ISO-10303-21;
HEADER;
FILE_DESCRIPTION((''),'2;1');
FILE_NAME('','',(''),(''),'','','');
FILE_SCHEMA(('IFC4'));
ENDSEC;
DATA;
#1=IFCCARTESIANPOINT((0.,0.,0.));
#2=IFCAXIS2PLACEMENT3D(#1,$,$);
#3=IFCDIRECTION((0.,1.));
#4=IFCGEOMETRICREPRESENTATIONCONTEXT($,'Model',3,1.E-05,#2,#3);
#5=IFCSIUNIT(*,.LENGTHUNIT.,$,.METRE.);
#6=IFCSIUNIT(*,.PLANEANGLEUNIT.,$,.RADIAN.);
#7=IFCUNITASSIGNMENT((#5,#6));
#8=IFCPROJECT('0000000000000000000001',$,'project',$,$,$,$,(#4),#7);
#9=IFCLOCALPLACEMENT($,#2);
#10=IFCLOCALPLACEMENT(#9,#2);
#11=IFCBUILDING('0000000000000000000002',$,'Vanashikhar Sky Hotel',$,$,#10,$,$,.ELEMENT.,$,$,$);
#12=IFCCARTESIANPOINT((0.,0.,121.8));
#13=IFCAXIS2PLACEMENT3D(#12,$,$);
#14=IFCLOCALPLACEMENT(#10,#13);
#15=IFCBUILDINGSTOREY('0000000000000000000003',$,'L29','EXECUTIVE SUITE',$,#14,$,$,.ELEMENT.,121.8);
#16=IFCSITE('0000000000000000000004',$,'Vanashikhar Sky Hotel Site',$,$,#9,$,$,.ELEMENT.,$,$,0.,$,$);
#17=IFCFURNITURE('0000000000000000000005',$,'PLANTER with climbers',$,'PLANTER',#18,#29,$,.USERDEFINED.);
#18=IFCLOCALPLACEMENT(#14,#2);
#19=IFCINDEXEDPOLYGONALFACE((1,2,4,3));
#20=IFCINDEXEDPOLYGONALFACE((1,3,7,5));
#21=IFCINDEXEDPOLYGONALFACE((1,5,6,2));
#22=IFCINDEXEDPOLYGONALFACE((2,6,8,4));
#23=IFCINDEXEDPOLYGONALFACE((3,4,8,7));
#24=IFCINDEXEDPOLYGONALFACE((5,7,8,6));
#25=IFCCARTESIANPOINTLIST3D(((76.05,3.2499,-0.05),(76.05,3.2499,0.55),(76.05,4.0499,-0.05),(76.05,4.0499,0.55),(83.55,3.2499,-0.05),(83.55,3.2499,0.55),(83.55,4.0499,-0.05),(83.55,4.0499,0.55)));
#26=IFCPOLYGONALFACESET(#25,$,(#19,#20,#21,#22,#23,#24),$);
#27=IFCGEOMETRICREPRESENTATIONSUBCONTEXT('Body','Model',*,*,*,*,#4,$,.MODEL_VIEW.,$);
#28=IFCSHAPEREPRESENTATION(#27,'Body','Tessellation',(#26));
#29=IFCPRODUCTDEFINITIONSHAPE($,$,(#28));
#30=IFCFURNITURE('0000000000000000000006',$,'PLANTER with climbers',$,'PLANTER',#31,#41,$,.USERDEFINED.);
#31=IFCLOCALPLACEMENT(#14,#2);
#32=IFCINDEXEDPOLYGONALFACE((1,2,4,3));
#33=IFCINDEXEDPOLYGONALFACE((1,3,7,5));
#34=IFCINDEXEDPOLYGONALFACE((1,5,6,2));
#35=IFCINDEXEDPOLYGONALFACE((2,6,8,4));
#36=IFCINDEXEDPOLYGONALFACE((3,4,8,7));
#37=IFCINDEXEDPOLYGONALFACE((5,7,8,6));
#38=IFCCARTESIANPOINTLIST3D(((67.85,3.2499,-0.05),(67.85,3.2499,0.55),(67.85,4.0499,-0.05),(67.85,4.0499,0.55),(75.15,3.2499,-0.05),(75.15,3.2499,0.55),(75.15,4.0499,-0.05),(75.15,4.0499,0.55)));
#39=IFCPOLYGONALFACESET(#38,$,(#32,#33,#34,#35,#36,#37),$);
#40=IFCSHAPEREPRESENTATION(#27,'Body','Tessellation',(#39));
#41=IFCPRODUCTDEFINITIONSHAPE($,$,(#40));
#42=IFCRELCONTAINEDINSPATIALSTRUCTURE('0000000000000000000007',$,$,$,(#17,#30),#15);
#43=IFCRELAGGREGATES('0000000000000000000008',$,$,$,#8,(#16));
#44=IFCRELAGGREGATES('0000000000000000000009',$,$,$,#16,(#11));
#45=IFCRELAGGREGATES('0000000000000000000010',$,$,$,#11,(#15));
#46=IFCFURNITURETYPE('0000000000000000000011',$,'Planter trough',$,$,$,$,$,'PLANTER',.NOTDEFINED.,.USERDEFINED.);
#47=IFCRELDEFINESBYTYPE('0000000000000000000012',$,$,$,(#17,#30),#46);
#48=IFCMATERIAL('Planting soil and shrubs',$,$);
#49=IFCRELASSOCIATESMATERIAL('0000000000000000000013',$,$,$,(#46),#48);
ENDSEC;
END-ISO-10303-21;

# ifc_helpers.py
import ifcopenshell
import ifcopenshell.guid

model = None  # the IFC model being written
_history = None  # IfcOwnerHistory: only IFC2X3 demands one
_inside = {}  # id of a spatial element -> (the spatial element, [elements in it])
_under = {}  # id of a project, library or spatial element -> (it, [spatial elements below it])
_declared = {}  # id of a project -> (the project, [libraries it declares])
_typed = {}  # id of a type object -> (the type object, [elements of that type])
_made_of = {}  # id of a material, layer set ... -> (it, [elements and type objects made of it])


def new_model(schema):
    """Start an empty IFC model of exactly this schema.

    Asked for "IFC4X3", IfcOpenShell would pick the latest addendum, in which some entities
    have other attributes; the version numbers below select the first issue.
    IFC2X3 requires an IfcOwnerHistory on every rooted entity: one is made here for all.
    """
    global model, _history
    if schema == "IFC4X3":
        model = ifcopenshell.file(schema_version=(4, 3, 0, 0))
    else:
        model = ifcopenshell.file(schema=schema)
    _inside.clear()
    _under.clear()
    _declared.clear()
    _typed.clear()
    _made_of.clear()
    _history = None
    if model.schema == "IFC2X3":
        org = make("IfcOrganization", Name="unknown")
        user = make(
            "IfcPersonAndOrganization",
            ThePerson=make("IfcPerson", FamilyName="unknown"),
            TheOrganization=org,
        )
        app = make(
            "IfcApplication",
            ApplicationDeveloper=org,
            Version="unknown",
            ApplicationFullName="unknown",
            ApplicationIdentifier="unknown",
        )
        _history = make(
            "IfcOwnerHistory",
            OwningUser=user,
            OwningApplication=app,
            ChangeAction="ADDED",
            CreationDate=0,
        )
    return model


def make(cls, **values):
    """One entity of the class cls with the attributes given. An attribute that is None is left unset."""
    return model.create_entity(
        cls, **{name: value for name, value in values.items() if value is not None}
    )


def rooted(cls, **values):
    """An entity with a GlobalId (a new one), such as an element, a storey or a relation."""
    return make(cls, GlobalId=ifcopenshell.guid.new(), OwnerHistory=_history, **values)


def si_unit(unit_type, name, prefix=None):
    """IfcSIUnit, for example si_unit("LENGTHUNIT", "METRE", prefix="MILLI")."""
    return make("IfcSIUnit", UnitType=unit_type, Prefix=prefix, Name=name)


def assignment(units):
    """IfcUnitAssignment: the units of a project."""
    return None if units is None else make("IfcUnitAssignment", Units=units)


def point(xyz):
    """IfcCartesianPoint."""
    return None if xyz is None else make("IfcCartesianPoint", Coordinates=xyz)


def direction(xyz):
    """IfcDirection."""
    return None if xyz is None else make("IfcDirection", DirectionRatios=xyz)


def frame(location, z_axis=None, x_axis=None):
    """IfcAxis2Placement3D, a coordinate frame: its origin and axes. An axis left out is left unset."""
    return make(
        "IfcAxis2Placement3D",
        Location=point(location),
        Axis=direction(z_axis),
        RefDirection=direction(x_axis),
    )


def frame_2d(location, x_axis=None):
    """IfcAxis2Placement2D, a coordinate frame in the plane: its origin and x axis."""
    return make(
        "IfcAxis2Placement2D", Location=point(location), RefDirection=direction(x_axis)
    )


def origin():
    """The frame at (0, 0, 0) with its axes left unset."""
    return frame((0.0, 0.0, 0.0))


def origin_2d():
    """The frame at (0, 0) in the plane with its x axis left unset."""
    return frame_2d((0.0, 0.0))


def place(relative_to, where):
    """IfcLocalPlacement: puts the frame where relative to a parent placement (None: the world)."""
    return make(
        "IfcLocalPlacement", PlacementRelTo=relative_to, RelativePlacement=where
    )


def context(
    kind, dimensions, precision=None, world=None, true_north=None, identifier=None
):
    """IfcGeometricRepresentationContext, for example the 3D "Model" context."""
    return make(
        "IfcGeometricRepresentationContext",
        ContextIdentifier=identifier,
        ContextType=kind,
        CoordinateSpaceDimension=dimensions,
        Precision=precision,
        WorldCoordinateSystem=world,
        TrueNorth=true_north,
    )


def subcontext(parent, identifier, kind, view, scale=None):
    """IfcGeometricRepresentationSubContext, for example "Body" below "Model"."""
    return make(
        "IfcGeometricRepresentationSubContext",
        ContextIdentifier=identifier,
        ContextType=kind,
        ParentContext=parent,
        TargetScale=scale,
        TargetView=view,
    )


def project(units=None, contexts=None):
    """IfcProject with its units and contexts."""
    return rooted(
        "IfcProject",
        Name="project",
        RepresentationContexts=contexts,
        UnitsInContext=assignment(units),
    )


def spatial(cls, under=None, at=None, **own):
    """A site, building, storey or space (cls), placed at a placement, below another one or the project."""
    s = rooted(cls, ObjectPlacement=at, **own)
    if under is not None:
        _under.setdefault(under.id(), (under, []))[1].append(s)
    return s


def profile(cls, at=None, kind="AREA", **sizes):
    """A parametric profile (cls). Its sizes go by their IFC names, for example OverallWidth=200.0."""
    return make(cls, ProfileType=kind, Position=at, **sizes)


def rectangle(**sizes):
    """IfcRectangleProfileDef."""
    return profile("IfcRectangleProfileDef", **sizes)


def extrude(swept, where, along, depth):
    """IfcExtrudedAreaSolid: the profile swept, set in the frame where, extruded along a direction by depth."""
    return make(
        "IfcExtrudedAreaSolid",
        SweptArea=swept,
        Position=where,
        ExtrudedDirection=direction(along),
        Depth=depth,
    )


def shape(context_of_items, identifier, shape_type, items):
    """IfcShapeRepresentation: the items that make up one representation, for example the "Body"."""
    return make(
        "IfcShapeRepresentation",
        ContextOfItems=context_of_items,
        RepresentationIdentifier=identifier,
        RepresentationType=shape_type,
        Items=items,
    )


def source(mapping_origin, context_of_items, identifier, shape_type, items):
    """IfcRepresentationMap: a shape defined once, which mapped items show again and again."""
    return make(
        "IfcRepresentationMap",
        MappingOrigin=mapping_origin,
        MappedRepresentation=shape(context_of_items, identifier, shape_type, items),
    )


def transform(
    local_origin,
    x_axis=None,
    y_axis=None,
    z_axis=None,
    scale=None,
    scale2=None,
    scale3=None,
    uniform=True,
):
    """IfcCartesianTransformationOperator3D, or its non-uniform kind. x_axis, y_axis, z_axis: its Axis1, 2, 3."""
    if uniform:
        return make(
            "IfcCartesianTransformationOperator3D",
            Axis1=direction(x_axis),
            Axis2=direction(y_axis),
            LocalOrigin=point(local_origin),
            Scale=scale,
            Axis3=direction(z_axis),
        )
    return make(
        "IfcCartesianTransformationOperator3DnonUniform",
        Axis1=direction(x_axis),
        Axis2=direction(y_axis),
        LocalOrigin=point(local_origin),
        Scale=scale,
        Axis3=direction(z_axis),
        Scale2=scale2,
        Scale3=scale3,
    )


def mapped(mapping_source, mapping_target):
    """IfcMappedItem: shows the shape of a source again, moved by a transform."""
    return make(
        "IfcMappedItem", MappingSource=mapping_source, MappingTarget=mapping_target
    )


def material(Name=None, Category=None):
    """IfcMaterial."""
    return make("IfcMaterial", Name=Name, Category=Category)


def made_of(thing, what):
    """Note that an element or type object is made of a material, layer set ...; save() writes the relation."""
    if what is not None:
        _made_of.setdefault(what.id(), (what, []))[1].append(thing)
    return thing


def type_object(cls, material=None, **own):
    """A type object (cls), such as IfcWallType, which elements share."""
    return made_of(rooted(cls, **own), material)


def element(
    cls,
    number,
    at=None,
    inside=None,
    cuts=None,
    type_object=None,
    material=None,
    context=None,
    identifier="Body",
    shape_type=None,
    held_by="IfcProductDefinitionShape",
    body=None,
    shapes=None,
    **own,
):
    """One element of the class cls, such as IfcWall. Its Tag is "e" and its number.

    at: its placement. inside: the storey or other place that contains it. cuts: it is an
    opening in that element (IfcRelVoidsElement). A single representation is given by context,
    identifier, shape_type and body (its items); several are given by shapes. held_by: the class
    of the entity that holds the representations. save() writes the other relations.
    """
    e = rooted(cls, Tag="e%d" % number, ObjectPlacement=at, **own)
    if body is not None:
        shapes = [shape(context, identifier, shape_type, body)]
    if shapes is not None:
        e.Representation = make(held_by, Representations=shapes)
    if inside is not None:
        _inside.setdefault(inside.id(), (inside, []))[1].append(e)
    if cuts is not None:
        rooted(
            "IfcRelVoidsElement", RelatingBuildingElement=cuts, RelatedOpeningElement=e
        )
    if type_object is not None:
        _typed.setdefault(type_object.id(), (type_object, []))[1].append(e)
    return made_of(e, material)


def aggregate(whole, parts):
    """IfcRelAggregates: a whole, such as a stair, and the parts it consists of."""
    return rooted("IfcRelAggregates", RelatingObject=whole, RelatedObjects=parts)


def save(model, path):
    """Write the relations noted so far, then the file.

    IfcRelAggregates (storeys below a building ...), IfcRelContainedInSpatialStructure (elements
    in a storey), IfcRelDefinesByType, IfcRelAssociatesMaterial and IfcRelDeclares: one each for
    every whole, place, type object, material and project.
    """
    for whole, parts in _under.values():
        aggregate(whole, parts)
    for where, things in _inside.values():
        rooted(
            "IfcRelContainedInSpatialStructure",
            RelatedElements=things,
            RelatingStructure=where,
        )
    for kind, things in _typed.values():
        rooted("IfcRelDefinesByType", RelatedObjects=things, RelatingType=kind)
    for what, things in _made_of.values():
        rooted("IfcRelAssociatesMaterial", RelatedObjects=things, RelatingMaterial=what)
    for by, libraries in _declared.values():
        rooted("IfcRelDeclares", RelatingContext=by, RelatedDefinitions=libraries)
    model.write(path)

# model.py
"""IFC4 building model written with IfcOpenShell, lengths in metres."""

from ifc_helpers import new_model, si_unit, direction, frame, origin, origin_2d, place, context, subcontext, project, spatial, rectangle, extrude, source, transform, mapped, material, type_object, element, save


model = new_model("IFC4")

# Units and contexts
model_context = context("Model", 3, precision=1e-05, world=origin(), true_north=direction((0.0, 1.0)))
body_context = subcontext(model_context, "Body", "Model", "MODEL_VIEW")
ifc_project = project(units=[si_unit("LENGTHUNIT", "METRE"), si_unit("PLANEANGLEUNIT", "RADIAN")], contexts=[model_context])

# Site, building, storey
site_placement = place(None, origin())
site = spatial("IfcSite", under=ifc_project, at=site_placement, Name="Vanashikhar Sky Hotel Site", CompositionType="ELEMENT", RefElevation=0.0)
building_placement = place(site_placement, origin())
building = spatial("IfcBuilding", under=site, at=building_placement, Name="Vanashikhar Sky Hotel", CompositionType="ELEMENT")
storey_placement = place(building_placement, frame((0.0, 0.0, 121.8)))
storey = spatial("IfcBuildingStorey", under=building, at=storey_placement, Name="L29", Description="EXECUTIVE SUITE", CompositionType="ELEMENT", Elevation=121.8)

# Furniture
ifc_material_1 = material(Name="Planting soil and shrubs")
furniture_type = type_object("IfcFurnitureType", Name="Planter trough", ElementType="PLANTER", AssemblyPlace="NOTDEFINED", PredefinedType="USERDEFINED", material=ifc_material_1)
shared_shape_1 = source(origin(), body_context, "Body", "SweptSolid", [
    extrude(rectangle(XDim=7.5, YDim=0.8, at=origin_2d()), origin(), (0.0, 0.0, 1.0), 0.6001),
])
furniture_1_placement = place(storey_placement, frame((79.8, 3.6499, -0.05), z_axis=(0.0, 0.0, 1.0), x_axis=(1.0, 0.0, 0.0)))
element("IfcFurniture", 1, at=furniture_1_placement, inside=storey, type_object=furniture_type, Name="PLANTER with climbers", ObjectType="PLANTER", PredefinedType="USERDEFINED", context=body_context, shape_type="MappedRepresentation", body=[
    mapped(shared_shape_1, transform((0.0, 0.0, 0.0), scale=1.0)),
])
shared_shape_2 = source(origin(), body_context, "Body", "SweptSolid", [
    extrude(rectangle(XDim=7.3, YDim=0.8, at=origin_2d()), origin(), (0.0, 0.0, 1.0), 0.6001),
])
furniture_2_placement = place(storey_placement, frame((71.5, 3.6499, -0.05), z_axis=(0.0, 0.0, 1.0), x_axis=(1.0, 0.0, 0.0)))
element("IfcFurniture", 2, at=furniture_2_placement, inside=storey, type_object=furniture_type, Name="PLANTER with climbers", ObjectType="PLANTER", PredefinedType="USERDEFINED", context=body_context, shape_type="MappedRepresentation", body=[
    mapped(shared_shape_2, transform((0.0, 0.0, 0.0), scale=1.0)),
])

save(model, "model.ifc")
